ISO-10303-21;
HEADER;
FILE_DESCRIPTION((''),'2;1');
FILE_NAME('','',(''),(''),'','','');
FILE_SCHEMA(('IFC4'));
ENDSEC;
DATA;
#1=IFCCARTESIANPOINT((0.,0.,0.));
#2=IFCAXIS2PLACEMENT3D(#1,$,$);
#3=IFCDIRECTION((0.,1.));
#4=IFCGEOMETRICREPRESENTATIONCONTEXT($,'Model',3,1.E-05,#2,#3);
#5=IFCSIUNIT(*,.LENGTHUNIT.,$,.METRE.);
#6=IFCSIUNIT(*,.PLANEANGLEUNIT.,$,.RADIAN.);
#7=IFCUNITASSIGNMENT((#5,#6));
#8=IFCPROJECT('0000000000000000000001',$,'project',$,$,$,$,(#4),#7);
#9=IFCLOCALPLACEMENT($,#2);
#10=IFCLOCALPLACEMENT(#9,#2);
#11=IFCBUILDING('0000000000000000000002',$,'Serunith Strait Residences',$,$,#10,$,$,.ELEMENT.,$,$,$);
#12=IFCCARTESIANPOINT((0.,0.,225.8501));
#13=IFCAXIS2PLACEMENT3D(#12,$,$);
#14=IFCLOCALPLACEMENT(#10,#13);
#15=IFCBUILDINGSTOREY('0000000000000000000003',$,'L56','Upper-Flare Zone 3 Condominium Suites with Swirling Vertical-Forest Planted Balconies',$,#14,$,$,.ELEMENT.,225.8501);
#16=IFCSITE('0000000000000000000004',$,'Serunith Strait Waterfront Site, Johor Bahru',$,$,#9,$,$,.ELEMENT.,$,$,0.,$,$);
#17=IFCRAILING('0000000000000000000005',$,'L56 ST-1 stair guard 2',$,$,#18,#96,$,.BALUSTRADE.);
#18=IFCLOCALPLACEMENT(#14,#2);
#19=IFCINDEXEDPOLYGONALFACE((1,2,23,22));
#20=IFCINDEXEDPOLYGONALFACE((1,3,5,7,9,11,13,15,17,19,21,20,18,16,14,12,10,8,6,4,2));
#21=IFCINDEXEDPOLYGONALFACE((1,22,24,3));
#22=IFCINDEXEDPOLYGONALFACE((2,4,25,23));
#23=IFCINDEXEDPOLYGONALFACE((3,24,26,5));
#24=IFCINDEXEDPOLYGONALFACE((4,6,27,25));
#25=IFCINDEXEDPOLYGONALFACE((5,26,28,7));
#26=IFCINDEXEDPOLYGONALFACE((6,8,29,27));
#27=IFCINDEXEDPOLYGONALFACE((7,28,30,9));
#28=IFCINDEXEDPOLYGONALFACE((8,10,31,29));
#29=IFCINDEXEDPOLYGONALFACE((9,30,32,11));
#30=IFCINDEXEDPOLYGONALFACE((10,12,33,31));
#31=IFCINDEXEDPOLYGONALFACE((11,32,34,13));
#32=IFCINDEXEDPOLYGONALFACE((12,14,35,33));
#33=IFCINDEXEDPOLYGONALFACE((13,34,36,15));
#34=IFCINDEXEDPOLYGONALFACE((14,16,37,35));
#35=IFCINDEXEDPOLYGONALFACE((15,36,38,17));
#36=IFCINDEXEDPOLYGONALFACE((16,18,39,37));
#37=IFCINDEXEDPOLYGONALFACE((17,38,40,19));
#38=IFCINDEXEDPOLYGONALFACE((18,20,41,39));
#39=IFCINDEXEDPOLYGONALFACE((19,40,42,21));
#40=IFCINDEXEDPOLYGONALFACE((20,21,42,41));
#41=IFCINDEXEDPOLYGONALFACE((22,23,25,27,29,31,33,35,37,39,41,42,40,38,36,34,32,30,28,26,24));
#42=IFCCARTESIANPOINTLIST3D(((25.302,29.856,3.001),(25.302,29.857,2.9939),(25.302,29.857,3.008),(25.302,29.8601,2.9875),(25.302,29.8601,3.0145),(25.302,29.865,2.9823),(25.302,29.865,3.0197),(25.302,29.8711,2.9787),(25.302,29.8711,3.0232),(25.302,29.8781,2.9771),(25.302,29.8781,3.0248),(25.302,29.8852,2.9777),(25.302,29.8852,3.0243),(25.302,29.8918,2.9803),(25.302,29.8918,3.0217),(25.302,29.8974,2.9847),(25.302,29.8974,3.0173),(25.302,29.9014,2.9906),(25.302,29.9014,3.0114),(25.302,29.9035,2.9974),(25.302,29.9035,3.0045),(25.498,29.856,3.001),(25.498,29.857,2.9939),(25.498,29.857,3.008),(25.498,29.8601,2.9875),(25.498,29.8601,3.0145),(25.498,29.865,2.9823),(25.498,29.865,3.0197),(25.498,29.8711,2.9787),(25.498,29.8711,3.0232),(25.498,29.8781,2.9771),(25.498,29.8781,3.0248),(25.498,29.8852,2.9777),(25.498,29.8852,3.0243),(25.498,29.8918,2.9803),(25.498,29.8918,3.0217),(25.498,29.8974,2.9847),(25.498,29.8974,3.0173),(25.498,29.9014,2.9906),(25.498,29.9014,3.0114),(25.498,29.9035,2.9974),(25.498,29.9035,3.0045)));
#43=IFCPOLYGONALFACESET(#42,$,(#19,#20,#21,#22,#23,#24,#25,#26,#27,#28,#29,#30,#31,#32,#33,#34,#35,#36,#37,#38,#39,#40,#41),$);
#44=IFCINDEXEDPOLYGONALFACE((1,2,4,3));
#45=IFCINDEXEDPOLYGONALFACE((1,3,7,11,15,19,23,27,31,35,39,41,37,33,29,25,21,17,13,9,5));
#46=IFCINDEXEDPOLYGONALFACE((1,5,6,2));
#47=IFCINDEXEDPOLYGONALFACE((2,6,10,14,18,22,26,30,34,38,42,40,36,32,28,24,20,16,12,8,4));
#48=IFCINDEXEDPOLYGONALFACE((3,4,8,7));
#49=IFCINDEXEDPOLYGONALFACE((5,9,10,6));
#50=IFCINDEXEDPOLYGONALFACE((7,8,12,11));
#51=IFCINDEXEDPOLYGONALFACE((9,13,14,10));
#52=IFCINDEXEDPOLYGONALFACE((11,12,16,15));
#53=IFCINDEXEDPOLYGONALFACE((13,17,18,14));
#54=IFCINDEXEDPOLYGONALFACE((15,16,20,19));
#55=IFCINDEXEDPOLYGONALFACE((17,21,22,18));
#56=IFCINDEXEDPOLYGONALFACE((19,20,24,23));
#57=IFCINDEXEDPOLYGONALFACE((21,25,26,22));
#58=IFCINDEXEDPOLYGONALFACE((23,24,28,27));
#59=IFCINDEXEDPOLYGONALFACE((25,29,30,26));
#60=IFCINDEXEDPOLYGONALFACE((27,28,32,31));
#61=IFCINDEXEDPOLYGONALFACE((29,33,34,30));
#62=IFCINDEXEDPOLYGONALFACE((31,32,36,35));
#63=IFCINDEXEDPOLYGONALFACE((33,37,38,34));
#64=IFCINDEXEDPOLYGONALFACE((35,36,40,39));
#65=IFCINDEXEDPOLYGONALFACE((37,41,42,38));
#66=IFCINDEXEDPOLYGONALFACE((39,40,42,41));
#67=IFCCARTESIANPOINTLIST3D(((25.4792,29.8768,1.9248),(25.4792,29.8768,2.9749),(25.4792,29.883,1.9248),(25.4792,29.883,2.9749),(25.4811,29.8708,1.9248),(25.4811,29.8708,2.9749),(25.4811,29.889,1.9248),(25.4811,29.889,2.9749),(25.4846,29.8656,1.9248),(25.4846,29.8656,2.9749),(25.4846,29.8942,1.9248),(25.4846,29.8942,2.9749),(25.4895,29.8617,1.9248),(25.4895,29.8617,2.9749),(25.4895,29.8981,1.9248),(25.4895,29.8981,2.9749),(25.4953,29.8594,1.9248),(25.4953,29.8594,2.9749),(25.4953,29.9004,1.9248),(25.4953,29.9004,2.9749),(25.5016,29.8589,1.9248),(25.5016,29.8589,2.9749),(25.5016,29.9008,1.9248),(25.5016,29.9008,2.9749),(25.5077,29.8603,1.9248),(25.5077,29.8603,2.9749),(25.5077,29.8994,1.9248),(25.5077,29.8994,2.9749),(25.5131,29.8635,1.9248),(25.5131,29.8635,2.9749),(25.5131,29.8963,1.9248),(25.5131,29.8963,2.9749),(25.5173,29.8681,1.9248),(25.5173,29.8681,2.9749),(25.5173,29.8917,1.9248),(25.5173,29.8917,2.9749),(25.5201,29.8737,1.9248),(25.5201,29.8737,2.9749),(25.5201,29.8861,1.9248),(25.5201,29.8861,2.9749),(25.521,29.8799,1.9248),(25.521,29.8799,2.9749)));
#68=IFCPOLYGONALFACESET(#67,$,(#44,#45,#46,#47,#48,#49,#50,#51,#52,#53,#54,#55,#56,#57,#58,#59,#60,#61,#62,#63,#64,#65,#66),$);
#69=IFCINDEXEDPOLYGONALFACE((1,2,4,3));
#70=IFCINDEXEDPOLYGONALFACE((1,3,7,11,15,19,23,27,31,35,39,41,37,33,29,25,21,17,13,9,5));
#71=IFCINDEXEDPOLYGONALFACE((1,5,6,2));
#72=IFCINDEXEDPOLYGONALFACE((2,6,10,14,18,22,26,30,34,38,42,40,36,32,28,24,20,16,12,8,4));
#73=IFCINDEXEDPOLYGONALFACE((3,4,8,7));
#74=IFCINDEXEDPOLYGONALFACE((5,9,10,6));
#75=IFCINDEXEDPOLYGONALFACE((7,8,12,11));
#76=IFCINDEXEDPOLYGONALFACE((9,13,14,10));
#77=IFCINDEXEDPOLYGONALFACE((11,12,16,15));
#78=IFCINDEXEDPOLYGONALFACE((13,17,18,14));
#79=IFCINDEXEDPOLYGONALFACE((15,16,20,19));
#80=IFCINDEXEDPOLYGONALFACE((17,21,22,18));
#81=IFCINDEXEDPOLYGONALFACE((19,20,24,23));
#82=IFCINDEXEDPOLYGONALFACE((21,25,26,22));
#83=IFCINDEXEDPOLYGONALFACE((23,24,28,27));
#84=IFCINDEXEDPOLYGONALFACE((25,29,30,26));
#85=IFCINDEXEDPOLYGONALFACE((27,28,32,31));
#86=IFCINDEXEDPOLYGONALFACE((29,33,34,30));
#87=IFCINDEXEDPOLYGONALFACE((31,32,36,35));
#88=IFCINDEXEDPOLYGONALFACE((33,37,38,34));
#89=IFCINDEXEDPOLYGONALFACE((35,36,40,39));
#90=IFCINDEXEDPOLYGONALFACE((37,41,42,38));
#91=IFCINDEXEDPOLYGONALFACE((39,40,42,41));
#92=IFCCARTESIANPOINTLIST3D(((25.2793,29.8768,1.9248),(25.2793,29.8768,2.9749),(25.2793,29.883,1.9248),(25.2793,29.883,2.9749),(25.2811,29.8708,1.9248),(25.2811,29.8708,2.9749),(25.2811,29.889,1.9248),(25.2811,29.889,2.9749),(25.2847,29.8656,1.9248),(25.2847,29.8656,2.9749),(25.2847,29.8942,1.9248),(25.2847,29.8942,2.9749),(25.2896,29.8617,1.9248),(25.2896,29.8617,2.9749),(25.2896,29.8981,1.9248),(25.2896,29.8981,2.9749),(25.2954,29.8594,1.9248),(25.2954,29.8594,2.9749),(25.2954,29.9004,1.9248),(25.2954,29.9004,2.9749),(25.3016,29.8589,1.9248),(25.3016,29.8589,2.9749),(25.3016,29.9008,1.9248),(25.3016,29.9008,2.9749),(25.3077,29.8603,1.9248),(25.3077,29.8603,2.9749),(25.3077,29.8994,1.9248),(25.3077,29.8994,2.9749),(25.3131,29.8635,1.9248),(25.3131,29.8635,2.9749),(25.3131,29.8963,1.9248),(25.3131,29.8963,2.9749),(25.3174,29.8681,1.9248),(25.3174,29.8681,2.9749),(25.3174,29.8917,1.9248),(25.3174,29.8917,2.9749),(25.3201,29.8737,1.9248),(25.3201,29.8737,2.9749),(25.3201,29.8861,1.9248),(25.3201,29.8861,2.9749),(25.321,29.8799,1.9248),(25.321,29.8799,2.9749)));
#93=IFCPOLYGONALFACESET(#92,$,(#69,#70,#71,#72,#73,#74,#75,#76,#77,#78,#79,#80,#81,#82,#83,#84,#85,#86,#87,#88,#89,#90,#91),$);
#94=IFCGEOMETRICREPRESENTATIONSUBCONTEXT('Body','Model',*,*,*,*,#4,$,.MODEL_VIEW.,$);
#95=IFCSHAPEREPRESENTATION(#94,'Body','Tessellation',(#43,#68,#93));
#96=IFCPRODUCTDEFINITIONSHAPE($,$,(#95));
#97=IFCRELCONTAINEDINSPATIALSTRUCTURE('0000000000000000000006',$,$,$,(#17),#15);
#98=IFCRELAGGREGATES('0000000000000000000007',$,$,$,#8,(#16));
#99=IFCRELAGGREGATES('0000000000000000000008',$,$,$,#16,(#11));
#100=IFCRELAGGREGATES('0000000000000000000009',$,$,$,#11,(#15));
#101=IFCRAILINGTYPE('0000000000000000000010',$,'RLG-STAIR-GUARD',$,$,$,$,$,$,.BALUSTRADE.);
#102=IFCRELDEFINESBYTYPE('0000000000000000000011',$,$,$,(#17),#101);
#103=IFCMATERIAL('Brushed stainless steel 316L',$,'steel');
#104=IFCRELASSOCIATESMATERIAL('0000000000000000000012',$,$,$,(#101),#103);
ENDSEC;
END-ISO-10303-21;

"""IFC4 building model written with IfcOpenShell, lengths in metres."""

from ifc_helpers import new_model, si_unit, direction, frame, origin, origin_2d, place, context, subcontext, project, spatial, circle, extrude, material, type_object, element, save


model = new_model("IFC4")

# Units and contexts
model_context = context("Model", 3, precision=1e-05, world=origin(), true_north=direction((0.0, 1.0)))
body_context = subcontext(model_context, "Body", "Model", "MODEL_VIEW")
ifc_project = project(units=[si_unit("LENGTHUNIT", "METRE"), si_unit("PLANEANGLEUNIT", "RADIAN")], contexts=[model_context])

# Site, building, storey
site_placement = place(None, origin())
site = spatial("IfcSite", under=ifc_project, at=site_placement, Name="Serunith Strait Waterfront Site, Johor Bahru", CompositionType="ELEMENT", RefElevation=0.0)
building_placement = place(site_placement, origin())
building = spatial("IfcBuilding", under=site, at=building_placement, Name="Serunith Strait Residences", CompositionType="ELEMENT")
storey_placement = place(building_placement, frame((0.0, 0.0, 225.8501)))
storey = spatial("IfcBuildingStorey", under=building, at=storey_placement, Name="L56", Description="Upper-Flare Zone 3 Condominium Suites with Swirling Vertical-Forest Planted Balconies", CompositionType="ELEMENT", Elevation=225.8501)

# Railing
ifc_material_1 = material(Name="Brushed stainless steel 316L", Category="steel")
railing_type_1 = type_object("IfcRailingType", Name="RLG-STAIR-GUARD", PredefinedType="BALUSTRADE", material=ifc_material_1)
railing_1_placement = place(storey_placement, frame((25.5, 29.8799, 1.9248)))
element("IfcRailing", 1, at=railing_1_placement, inside=storey, type_object=railing_type_1, Name="L56 ST-1 stair guard 2", PredefinedType="BALUSTRADE", context=body_context, shape_type="SweptSolid", body=[
    extrude(circle(Radius=0.0239, at=origin_2d()), frame((-0.002, 0.0, 1.0762), z_axis=(-1.0, 0.0, 0.0), x_axis=(0.0, -1.0, 0.0)), (0.0, 0.0, 1.0), 0.196),
    extrude(circle(Radius=0.021, at=origin_2d()), origin(), (0.0, 0.0, 1.0), 1.05),
    extrude(circle(Radius=0.021, at=origin_2d()), frame((-0.2, 0.0, 0.0)), (0.0, 0.0, 1.0), 1.05),
])

save(model, "model.ifc")
